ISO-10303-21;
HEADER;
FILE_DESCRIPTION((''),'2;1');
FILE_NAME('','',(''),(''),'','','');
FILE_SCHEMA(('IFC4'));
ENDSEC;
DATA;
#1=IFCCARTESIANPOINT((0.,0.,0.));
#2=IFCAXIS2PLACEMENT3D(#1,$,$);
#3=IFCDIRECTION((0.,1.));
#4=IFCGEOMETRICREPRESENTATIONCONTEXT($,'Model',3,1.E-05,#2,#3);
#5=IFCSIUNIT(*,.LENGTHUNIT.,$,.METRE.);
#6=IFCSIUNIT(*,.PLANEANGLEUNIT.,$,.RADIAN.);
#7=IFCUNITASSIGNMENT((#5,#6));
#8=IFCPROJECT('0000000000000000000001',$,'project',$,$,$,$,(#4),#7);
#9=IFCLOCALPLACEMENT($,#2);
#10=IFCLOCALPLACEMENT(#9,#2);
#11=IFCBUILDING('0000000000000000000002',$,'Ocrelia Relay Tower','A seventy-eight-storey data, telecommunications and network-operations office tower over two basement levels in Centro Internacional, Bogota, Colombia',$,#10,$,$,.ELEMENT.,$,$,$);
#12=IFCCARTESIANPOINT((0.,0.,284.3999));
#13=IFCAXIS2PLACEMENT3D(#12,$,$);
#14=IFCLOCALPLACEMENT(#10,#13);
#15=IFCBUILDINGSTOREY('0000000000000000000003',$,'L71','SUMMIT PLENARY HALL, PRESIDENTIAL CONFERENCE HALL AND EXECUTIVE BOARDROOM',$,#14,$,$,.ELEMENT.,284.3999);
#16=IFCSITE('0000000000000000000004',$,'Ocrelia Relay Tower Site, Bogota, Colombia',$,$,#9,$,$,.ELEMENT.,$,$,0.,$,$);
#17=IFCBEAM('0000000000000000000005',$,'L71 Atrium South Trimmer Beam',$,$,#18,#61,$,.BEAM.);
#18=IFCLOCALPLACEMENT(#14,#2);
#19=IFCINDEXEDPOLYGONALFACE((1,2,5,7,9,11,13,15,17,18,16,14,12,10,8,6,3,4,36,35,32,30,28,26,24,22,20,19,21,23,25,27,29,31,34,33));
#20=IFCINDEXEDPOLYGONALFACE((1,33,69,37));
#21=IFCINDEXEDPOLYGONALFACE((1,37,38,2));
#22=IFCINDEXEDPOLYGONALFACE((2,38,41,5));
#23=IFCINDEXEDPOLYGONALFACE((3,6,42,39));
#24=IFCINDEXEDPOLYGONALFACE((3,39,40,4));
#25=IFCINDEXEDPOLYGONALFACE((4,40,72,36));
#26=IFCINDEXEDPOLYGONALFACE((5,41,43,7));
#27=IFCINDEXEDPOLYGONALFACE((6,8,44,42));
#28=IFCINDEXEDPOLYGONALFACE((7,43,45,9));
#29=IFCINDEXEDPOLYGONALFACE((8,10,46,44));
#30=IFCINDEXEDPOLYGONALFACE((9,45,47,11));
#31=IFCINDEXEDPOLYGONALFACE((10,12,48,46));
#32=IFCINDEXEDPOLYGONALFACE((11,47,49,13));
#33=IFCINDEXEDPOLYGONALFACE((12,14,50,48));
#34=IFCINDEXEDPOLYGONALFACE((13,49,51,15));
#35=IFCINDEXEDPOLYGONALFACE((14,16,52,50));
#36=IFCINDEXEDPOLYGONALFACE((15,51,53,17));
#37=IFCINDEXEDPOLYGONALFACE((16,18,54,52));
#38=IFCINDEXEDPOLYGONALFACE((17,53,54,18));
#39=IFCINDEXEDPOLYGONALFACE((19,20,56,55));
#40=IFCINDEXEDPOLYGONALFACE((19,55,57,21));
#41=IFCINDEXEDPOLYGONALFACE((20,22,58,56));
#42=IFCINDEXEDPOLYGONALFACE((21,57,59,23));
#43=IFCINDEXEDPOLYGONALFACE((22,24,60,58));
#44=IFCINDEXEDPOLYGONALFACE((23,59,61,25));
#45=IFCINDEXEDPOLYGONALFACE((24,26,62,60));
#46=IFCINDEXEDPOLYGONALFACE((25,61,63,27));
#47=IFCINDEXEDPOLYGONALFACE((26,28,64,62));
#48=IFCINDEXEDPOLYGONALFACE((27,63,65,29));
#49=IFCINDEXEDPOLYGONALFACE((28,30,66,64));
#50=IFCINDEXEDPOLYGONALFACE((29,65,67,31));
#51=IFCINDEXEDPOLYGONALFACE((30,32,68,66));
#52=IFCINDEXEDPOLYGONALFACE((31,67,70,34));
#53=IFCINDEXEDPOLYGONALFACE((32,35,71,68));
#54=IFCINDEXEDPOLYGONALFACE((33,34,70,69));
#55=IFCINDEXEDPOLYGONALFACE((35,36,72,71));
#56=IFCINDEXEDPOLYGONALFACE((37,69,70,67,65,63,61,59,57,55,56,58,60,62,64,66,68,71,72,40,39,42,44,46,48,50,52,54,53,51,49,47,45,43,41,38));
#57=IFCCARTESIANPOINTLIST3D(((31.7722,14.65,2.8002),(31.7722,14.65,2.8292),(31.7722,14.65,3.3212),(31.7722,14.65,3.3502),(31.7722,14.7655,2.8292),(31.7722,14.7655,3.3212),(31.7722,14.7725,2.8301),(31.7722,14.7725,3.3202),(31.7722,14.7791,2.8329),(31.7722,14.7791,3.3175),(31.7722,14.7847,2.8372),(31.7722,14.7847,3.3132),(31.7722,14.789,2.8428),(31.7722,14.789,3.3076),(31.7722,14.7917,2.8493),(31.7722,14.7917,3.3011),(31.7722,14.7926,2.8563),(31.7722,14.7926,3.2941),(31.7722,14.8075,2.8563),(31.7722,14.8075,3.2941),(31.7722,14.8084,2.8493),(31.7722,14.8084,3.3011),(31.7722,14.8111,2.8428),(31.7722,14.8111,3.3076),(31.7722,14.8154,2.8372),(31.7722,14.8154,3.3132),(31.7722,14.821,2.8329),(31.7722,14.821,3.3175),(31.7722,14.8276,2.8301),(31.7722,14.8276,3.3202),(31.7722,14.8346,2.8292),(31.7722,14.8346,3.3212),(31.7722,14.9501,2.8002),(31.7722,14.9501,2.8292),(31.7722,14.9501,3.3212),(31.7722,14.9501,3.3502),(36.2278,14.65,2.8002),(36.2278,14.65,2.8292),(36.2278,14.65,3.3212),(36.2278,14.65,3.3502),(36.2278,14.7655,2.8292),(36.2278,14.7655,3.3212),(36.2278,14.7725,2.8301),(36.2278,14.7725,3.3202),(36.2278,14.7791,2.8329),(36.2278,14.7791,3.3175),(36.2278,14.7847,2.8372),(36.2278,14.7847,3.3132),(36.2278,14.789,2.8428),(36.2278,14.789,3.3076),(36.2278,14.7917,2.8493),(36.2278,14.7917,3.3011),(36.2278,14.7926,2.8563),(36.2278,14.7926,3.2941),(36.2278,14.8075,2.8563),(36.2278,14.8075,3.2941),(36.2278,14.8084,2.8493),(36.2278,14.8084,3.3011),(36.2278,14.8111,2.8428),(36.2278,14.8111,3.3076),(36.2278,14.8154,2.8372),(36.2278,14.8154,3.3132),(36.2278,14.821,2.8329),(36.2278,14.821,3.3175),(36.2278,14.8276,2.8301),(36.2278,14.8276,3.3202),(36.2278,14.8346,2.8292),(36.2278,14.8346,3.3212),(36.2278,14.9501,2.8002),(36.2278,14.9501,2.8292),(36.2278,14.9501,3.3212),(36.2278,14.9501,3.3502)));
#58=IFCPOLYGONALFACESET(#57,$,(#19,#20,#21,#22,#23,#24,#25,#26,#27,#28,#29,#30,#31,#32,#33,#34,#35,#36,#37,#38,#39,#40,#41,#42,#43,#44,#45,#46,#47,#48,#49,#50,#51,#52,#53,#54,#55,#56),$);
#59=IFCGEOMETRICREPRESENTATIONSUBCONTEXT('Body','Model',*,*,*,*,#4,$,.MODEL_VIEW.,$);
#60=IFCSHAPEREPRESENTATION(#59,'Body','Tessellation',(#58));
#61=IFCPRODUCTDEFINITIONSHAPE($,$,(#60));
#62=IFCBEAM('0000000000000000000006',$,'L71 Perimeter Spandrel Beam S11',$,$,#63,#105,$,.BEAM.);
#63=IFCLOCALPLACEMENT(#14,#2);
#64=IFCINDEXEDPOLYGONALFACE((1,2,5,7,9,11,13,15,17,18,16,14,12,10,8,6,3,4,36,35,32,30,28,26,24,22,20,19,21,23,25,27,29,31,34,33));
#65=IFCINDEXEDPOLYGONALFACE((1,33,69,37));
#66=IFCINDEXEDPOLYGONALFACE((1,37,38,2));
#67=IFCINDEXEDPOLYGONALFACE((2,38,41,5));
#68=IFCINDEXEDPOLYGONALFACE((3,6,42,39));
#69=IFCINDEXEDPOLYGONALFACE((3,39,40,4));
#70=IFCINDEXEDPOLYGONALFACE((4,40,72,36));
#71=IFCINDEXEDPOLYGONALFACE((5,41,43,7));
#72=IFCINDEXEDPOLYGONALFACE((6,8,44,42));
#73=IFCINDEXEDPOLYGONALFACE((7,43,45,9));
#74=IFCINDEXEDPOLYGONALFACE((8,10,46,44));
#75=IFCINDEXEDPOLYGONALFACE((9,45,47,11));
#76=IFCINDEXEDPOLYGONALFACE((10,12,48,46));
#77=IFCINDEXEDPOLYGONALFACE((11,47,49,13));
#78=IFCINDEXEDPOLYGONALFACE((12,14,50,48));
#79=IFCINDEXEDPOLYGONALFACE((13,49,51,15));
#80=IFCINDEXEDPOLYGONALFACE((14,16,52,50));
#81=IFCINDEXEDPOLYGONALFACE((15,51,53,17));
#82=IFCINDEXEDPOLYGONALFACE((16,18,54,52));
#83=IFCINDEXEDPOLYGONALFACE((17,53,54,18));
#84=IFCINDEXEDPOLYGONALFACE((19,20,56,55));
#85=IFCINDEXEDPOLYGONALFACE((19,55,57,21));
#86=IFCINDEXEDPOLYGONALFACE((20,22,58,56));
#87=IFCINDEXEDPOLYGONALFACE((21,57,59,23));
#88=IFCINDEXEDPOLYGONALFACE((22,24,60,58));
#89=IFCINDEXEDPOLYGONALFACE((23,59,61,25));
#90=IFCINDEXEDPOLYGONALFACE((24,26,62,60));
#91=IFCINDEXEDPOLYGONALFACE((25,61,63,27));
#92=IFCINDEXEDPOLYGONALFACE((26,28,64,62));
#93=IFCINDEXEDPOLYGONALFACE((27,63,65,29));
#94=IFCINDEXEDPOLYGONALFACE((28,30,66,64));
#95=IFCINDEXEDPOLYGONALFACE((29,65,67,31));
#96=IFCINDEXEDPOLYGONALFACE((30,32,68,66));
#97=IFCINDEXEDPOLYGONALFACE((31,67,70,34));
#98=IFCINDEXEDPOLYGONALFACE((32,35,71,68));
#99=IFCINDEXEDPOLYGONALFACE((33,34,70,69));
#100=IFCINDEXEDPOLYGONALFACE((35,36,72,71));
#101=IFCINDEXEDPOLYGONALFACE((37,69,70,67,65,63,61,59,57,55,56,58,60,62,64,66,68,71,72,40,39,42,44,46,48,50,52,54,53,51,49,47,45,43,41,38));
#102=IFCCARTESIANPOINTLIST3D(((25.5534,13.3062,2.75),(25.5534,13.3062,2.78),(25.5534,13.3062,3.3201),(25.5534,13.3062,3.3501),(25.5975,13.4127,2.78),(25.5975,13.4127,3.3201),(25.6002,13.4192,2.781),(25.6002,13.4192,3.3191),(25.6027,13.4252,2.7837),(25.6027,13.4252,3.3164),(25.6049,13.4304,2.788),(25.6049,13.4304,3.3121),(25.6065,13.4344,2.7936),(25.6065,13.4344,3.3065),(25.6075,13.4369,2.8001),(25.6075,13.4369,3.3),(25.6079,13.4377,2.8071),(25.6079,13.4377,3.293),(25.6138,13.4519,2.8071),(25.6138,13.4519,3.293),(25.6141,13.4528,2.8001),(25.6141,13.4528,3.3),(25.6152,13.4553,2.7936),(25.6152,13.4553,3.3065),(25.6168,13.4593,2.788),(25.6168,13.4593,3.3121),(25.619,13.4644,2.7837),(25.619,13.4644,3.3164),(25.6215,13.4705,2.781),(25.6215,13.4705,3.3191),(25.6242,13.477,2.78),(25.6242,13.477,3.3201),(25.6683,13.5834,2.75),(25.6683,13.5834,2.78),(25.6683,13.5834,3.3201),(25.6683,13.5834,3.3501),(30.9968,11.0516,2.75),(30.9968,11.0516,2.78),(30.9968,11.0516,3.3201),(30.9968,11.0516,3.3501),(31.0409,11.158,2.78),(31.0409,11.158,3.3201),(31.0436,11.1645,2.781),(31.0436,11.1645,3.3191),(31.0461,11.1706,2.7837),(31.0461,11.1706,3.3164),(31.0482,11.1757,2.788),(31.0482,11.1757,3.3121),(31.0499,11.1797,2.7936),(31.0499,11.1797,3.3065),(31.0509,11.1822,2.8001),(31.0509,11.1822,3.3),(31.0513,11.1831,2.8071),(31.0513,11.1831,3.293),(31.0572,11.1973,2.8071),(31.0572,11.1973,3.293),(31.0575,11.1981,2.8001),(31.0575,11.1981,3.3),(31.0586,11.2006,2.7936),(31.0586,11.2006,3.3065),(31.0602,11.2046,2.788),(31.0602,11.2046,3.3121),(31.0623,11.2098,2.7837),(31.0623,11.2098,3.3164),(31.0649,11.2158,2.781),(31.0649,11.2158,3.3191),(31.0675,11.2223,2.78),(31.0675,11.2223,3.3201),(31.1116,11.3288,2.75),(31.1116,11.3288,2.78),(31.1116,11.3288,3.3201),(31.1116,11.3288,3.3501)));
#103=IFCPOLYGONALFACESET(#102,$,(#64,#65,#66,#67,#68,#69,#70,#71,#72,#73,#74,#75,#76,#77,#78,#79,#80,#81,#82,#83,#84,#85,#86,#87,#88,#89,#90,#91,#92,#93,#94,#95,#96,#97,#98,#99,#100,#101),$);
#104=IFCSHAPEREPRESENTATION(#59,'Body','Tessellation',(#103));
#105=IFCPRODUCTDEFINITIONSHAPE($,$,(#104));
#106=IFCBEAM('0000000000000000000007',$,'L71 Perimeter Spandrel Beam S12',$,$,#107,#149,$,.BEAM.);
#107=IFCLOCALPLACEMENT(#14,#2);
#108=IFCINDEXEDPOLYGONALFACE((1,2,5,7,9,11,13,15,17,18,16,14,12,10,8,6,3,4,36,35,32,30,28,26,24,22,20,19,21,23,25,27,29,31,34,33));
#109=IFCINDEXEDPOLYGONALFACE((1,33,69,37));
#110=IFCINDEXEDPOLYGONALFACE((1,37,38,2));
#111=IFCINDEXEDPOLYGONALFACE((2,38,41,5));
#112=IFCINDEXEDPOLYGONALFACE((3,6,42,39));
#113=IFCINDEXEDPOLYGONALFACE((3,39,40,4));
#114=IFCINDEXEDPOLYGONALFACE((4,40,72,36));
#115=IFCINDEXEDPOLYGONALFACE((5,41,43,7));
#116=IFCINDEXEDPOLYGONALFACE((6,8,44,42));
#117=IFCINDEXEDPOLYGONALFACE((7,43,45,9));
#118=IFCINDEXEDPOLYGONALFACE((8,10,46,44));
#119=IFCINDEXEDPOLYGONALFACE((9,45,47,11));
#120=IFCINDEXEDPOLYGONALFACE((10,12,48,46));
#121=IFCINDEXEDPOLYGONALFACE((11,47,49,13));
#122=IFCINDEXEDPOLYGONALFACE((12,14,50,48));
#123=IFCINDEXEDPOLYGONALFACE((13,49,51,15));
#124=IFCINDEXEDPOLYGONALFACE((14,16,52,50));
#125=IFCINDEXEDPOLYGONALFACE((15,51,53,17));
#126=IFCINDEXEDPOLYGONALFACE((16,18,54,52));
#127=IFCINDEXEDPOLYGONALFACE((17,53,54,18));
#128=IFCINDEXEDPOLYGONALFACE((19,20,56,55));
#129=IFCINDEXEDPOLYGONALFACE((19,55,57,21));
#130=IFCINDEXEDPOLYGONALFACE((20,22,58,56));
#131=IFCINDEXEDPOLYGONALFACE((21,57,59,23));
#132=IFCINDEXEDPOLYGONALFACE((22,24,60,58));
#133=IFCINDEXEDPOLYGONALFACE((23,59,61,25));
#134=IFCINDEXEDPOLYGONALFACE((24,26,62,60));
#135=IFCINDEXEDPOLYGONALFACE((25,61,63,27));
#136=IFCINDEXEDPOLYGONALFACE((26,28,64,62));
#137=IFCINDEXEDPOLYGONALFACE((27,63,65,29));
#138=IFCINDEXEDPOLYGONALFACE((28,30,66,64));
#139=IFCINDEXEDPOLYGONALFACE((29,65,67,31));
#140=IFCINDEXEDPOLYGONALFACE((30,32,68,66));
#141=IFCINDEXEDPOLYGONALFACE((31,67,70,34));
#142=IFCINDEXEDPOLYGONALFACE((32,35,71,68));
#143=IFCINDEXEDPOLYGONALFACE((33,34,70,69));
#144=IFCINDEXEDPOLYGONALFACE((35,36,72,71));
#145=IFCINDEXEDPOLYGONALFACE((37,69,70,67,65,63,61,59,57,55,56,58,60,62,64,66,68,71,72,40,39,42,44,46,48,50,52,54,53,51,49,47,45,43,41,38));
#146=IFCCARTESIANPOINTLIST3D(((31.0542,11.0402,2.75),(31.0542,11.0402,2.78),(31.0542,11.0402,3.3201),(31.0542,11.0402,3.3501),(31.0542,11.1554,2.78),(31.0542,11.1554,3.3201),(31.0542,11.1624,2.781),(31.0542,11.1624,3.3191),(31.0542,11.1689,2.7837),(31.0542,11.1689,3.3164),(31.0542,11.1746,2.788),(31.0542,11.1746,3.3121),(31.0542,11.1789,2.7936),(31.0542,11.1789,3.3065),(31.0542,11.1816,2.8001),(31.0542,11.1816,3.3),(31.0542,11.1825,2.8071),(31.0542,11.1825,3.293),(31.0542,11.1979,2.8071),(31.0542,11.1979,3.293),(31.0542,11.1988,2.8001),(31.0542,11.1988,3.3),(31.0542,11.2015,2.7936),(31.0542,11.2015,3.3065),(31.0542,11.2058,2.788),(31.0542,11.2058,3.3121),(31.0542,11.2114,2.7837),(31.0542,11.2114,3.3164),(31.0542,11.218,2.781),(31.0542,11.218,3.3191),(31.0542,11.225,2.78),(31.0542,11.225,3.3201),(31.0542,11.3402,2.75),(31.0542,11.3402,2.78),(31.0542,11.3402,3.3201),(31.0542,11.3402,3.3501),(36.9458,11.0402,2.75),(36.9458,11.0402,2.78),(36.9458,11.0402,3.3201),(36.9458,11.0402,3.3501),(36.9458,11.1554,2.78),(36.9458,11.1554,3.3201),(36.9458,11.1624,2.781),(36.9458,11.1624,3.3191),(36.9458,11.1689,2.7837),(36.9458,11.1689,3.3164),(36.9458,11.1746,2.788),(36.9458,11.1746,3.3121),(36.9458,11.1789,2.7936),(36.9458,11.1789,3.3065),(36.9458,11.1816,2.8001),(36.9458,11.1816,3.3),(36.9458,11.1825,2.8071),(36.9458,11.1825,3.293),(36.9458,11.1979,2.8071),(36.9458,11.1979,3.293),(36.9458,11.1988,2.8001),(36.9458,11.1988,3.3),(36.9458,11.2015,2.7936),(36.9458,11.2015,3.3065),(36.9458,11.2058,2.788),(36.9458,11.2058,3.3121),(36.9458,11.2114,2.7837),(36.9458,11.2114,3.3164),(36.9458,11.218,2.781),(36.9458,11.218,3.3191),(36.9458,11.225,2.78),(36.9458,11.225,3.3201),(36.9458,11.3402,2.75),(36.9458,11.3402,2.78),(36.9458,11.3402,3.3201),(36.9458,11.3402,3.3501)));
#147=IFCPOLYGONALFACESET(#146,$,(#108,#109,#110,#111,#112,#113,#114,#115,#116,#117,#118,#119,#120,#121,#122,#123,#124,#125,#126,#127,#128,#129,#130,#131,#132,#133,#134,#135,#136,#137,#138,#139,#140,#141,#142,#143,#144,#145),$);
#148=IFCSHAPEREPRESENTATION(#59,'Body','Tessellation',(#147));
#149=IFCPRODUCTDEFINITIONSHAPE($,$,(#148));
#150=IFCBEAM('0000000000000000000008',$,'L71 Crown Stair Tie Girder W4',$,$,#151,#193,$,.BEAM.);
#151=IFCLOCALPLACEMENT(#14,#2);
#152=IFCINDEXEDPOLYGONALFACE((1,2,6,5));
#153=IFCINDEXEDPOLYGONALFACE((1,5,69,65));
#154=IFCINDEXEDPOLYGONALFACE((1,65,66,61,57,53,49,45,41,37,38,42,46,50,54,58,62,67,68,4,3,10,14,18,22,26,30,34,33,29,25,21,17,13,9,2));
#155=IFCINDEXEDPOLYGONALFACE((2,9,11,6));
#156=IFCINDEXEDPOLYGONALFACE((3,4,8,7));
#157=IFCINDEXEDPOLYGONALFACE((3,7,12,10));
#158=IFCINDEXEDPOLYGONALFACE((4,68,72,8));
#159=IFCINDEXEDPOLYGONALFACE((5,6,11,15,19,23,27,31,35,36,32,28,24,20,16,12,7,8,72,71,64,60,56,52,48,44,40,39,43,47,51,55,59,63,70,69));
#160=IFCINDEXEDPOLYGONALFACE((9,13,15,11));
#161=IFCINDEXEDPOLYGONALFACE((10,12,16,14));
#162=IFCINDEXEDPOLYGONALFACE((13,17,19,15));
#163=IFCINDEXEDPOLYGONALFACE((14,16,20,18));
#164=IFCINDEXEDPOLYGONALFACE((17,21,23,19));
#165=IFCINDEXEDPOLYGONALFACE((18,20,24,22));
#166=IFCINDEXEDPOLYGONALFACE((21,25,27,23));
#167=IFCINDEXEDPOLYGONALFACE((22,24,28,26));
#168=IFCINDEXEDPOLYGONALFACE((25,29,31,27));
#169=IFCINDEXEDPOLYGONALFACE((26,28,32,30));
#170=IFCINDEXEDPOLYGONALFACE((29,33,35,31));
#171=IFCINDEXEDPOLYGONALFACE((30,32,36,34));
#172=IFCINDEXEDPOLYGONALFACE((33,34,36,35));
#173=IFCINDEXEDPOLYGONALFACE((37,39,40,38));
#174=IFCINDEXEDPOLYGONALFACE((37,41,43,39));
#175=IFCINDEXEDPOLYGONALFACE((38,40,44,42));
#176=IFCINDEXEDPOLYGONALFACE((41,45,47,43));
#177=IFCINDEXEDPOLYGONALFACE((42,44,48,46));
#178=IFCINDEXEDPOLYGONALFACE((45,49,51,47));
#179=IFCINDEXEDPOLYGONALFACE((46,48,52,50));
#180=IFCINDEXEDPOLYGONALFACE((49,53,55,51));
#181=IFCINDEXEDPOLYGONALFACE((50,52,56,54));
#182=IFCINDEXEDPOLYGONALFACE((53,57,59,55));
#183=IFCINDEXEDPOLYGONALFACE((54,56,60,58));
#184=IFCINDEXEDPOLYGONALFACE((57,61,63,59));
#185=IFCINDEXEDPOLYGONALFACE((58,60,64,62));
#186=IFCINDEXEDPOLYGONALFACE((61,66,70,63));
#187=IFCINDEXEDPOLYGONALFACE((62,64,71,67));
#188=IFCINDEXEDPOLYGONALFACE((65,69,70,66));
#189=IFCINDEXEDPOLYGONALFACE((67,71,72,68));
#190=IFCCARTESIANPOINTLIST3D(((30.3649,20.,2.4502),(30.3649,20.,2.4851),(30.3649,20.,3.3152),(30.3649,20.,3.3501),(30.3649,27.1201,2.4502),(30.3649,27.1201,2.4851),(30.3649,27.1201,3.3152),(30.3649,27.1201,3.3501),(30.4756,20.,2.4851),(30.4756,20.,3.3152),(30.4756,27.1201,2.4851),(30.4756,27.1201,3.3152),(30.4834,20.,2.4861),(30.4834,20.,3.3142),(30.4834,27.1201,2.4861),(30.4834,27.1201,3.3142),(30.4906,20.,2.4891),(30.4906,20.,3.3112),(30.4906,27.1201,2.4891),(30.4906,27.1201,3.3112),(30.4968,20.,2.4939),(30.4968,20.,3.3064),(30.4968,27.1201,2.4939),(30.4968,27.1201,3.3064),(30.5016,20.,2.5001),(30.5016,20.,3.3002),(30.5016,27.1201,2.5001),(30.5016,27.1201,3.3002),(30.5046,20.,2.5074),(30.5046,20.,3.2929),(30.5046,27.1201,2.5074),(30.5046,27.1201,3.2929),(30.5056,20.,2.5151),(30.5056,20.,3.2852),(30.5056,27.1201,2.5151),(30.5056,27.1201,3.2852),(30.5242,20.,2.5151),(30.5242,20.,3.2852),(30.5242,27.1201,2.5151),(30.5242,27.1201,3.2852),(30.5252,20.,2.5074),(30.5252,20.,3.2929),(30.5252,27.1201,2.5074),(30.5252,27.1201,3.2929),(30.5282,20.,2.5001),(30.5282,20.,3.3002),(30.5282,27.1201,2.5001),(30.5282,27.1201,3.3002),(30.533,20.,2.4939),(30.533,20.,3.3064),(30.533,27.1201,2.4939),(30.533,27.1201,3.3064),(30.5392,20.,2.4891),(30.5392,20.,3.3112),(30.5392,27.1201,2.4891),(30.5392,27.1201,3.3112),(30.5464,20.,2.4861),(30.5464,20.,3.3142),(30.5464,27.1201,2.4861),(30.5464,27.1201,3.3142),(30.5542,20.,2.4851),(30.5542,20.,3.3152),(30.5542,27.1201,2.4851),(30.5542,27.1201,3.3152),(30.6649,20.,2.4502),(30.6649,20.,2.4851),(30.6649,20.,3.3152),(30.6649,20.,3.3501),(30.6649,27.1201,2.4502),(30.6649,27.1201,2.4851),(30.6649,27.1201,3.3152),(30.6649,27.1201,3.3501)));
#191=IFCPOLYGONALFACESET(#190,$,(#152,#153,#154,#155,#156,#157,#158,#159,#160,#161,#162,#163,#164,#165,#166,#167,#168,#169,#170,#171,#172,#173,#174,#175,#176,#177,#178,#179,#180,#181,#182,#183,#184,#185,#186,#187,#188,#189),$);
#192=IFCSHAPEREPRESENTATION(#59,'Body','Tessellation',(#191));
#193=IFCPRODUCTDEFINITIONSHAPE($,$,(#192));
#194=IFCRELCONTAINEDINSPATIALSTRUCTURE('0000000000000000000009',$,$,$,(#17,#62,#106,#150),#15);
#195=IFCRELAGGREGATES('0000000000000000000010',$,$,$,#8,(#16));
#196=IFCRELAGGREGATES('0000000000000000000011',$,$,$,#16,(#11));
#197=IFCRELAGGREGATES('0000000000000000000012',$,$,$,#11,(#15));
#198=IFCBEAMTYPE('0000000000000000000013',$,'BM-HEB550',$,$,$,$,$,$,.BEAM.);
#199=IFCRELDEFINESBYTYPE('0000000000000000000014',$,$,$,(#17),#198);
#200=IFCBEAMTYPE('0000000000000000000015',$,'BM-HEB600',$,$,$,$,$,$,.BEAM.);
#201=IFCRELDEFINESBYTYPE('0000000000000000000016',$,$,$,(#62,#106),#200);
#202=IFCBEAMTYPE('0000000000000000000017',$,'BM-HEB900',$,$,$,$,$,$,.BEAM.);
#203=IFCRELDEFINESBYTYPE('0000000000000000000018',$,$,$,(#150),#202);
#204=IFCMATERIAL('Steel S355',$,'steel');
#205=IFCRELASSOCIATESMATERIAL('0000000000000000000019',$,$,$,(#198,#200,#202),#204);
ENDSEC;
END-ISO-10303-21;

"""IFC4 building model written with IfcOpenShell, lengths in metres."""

from ifc_helpers import new_model, si_unit, direction, frame, origin, origin_2d, place, context, subcontext, project, spatial, i_section, extrude, material, material_profile, profile_set, type_object, element, save


model = new_model("IFC4")

# Units and contexts
model_context = context("Model", 3, precision=1e-05, world=origin(), true_north=direction((0.0, 1.0)))
body_context = subcontext(model_context, "Body", "Model", "MODEL_VIEW")
ifc_project = project(units=[si_unit("LENGTHUNIT", "METRE"), si_unit("PLANEANGLEUNIT", "RADIAN")], contexts=[model_context])

# Site, building, storey
site_placement = place(None, origin())
site = spatial("IfcSite", under=ifc_project, at=site_placement, Name="Ocrelia Relay Tower Site, Bogota, Colombia", CompositionType="ELEMENT", RefElevation=0.0)
building_placement = place(site_placement, origin())
building = spatial("IfcBuilding", under=site, at=building_placement, Name="Ocrelia Relay Tower", Description="A seventy-eight-storey data, telecommunications and network-operations office tower over two basement levels in Centro Internacional, Bogota, Colombia", CompositionType="ELEMENT")
storey_placement = place(building_placement, frame((0.0, 0.0, 284.3999)))
storey = spatial("IfcBuildingStorey", under=building, at=storey_placement, Name="L71", Description="SUMMIT PLENARY HALL, PRESIDENTIAL CONFERENCE HALL AND EXECUTIVE BOARDROOM", CompositionType="ELEMENT", Elevation=284.3999)

# Beams
ifc_material_1 = material(Name="Steel S355", Category="steel")
ifc_material_profile_1 = material_profile(ifc_material_1, i_section(OverallWidth=0.3, OverallDepth=0.55, WebThickness=0.0149, FlangeThickness=0.0291, FilletRadius=0.0271, at=origin_2d()), Name="HEB 550")
ifc_profile_set_1 = profile_set([ifc_material_profile_1], Name="Steel S355")
beam_type_1 = type_object("IfcBeamType", Name="BM-HEB550", PredefinedType="BEAM", material=ifc_profile_set_1)
beam_1_placement = place(storey_placement, frame((31.7722, 14.8, 3.0752), z_axis=(1.0, 0.0, 0.0), x_axis=(0.0, 1.0, 0.0)))
element("IfcBeam", 1, at=beam_1_placement, inside=storey, type_object=beam_type_1, Name="L71 Atrium South Trimmer Beam", PredefinedType="BEAM", context=body_context, shape_type="SweptSolid", body=[
    extrude(i_section(OverallWidth=0.3, OverallDepth=0.55, WebThickness=0.0149, FlangeThickness=0.0291, FilletRadius=0.0271, at=origin_2d()), origin(), (0.0, 0.0, 1.0), 4.4556),
])
ifc_material_profile_2 = material_profile(ifc_material_1, i_section(OverallWidth=0.3, OverallDepth=0.6001, WebThickness=0.0154, FlangeThickness=0.03, FilletRadius=0.0271, at=origin_2d()), Name="HEB 600")
ifc_profile_set_2 = profile_set([ifc_material_profile_2], Name="Steel S355")
beam_type_2 = type_object("IfcBeamType", Name="BM-HEB600", PredefinedType="BEAM", material=ifc_profile_set_2)
beam_2_placement = place(storey_placement, frame((25.6108, 13.4448, 3.05), z_axis=(0.923884, -0.382673, 0.0), x_axis=(0.382673, 0.923884, 0.0)))
element("IfcBeam", 2, at=beam_2_placement, inside=storey, type_object=beam_type_2, Name="L71 Perimeter Spandrel Beam S11", PredefinedType="BEAM", context=body_context, shape_type="SweptSolid", body=[
    extrude(i_section(OverallWidth=0.3, OverallDepth=0.6001, WebThickness=0.0154, FlangeThickness=0.03, FilletRadius=0.0271, at=origin_2d()), origin(), (0.0, 0.0, 1.0), 5.8918),
])
beam_3_placement = place(storey_placement, frame((31.0542, 11.1902, 3.05), z_axis=(1.0, 0.0, 0.0), x_axis=(0.0, 1.0, 0.0)))
element("IfcBeam", 3, at=beam_3_placement, inside=storey, type_object=beam_type_2, Name="L71 Perimeter Spandrel Beam S12", PredefinedType="BEAM", context=body_context, shape_type="SweptSolid", body=[
    extrude(i_section(OverallWidth=0.3, OverallDepth=0.6001, WebThickness=0.0154, FlangeThickness=0.03, FilletRadius=0.0271, at=origin_2d()), origin(), (0.0, 0.0, 1.0), 5.8916),
])
ifc_material_profile_3 = material_profile(ifc_material_1, i_section(OverallWidth=0.3, OverallDepth=0.8999, WebThickness=0.0186, FlangeThickness=0.0349, FilletRadius=0.03, at=origin_2d()), Name="HEB 900")
ifc_profile_set_3 = profile_set([ifc_material_profile_3], Name="Steel S355")
beam_type_3 = type_object("IfcBeamType", Name="BM-HEB900", PredefinedType="BEAM", material=ifc_profile_set_3)
beam_4_placement = place(storey_placement, frame((30.5149, 20.0, 2.9001), z_axis=(0.0, 1.0, 0.0), x_axis=(-1.0, 0.0, 0.0)))
element("IfcBeam", 4, at=beam_4_placement, inside=storey, type_object=beam_type_3, Name="L71 Crown Stair Tie Girder W4", PredefinedType="BEAM", context=body_context, shape_type="SweptSolid", body=[
    extrude(i_section(OverallWidth=0.3, OverallDepth=0.8999, WebThickness=0.0186, FlangeThickness=0.0349, FilletRadius=0.03, at=origin_2d()), origin(), (0.0, 0.0, 1.0), 7.1201),
])

save(model, "model.ifc")
